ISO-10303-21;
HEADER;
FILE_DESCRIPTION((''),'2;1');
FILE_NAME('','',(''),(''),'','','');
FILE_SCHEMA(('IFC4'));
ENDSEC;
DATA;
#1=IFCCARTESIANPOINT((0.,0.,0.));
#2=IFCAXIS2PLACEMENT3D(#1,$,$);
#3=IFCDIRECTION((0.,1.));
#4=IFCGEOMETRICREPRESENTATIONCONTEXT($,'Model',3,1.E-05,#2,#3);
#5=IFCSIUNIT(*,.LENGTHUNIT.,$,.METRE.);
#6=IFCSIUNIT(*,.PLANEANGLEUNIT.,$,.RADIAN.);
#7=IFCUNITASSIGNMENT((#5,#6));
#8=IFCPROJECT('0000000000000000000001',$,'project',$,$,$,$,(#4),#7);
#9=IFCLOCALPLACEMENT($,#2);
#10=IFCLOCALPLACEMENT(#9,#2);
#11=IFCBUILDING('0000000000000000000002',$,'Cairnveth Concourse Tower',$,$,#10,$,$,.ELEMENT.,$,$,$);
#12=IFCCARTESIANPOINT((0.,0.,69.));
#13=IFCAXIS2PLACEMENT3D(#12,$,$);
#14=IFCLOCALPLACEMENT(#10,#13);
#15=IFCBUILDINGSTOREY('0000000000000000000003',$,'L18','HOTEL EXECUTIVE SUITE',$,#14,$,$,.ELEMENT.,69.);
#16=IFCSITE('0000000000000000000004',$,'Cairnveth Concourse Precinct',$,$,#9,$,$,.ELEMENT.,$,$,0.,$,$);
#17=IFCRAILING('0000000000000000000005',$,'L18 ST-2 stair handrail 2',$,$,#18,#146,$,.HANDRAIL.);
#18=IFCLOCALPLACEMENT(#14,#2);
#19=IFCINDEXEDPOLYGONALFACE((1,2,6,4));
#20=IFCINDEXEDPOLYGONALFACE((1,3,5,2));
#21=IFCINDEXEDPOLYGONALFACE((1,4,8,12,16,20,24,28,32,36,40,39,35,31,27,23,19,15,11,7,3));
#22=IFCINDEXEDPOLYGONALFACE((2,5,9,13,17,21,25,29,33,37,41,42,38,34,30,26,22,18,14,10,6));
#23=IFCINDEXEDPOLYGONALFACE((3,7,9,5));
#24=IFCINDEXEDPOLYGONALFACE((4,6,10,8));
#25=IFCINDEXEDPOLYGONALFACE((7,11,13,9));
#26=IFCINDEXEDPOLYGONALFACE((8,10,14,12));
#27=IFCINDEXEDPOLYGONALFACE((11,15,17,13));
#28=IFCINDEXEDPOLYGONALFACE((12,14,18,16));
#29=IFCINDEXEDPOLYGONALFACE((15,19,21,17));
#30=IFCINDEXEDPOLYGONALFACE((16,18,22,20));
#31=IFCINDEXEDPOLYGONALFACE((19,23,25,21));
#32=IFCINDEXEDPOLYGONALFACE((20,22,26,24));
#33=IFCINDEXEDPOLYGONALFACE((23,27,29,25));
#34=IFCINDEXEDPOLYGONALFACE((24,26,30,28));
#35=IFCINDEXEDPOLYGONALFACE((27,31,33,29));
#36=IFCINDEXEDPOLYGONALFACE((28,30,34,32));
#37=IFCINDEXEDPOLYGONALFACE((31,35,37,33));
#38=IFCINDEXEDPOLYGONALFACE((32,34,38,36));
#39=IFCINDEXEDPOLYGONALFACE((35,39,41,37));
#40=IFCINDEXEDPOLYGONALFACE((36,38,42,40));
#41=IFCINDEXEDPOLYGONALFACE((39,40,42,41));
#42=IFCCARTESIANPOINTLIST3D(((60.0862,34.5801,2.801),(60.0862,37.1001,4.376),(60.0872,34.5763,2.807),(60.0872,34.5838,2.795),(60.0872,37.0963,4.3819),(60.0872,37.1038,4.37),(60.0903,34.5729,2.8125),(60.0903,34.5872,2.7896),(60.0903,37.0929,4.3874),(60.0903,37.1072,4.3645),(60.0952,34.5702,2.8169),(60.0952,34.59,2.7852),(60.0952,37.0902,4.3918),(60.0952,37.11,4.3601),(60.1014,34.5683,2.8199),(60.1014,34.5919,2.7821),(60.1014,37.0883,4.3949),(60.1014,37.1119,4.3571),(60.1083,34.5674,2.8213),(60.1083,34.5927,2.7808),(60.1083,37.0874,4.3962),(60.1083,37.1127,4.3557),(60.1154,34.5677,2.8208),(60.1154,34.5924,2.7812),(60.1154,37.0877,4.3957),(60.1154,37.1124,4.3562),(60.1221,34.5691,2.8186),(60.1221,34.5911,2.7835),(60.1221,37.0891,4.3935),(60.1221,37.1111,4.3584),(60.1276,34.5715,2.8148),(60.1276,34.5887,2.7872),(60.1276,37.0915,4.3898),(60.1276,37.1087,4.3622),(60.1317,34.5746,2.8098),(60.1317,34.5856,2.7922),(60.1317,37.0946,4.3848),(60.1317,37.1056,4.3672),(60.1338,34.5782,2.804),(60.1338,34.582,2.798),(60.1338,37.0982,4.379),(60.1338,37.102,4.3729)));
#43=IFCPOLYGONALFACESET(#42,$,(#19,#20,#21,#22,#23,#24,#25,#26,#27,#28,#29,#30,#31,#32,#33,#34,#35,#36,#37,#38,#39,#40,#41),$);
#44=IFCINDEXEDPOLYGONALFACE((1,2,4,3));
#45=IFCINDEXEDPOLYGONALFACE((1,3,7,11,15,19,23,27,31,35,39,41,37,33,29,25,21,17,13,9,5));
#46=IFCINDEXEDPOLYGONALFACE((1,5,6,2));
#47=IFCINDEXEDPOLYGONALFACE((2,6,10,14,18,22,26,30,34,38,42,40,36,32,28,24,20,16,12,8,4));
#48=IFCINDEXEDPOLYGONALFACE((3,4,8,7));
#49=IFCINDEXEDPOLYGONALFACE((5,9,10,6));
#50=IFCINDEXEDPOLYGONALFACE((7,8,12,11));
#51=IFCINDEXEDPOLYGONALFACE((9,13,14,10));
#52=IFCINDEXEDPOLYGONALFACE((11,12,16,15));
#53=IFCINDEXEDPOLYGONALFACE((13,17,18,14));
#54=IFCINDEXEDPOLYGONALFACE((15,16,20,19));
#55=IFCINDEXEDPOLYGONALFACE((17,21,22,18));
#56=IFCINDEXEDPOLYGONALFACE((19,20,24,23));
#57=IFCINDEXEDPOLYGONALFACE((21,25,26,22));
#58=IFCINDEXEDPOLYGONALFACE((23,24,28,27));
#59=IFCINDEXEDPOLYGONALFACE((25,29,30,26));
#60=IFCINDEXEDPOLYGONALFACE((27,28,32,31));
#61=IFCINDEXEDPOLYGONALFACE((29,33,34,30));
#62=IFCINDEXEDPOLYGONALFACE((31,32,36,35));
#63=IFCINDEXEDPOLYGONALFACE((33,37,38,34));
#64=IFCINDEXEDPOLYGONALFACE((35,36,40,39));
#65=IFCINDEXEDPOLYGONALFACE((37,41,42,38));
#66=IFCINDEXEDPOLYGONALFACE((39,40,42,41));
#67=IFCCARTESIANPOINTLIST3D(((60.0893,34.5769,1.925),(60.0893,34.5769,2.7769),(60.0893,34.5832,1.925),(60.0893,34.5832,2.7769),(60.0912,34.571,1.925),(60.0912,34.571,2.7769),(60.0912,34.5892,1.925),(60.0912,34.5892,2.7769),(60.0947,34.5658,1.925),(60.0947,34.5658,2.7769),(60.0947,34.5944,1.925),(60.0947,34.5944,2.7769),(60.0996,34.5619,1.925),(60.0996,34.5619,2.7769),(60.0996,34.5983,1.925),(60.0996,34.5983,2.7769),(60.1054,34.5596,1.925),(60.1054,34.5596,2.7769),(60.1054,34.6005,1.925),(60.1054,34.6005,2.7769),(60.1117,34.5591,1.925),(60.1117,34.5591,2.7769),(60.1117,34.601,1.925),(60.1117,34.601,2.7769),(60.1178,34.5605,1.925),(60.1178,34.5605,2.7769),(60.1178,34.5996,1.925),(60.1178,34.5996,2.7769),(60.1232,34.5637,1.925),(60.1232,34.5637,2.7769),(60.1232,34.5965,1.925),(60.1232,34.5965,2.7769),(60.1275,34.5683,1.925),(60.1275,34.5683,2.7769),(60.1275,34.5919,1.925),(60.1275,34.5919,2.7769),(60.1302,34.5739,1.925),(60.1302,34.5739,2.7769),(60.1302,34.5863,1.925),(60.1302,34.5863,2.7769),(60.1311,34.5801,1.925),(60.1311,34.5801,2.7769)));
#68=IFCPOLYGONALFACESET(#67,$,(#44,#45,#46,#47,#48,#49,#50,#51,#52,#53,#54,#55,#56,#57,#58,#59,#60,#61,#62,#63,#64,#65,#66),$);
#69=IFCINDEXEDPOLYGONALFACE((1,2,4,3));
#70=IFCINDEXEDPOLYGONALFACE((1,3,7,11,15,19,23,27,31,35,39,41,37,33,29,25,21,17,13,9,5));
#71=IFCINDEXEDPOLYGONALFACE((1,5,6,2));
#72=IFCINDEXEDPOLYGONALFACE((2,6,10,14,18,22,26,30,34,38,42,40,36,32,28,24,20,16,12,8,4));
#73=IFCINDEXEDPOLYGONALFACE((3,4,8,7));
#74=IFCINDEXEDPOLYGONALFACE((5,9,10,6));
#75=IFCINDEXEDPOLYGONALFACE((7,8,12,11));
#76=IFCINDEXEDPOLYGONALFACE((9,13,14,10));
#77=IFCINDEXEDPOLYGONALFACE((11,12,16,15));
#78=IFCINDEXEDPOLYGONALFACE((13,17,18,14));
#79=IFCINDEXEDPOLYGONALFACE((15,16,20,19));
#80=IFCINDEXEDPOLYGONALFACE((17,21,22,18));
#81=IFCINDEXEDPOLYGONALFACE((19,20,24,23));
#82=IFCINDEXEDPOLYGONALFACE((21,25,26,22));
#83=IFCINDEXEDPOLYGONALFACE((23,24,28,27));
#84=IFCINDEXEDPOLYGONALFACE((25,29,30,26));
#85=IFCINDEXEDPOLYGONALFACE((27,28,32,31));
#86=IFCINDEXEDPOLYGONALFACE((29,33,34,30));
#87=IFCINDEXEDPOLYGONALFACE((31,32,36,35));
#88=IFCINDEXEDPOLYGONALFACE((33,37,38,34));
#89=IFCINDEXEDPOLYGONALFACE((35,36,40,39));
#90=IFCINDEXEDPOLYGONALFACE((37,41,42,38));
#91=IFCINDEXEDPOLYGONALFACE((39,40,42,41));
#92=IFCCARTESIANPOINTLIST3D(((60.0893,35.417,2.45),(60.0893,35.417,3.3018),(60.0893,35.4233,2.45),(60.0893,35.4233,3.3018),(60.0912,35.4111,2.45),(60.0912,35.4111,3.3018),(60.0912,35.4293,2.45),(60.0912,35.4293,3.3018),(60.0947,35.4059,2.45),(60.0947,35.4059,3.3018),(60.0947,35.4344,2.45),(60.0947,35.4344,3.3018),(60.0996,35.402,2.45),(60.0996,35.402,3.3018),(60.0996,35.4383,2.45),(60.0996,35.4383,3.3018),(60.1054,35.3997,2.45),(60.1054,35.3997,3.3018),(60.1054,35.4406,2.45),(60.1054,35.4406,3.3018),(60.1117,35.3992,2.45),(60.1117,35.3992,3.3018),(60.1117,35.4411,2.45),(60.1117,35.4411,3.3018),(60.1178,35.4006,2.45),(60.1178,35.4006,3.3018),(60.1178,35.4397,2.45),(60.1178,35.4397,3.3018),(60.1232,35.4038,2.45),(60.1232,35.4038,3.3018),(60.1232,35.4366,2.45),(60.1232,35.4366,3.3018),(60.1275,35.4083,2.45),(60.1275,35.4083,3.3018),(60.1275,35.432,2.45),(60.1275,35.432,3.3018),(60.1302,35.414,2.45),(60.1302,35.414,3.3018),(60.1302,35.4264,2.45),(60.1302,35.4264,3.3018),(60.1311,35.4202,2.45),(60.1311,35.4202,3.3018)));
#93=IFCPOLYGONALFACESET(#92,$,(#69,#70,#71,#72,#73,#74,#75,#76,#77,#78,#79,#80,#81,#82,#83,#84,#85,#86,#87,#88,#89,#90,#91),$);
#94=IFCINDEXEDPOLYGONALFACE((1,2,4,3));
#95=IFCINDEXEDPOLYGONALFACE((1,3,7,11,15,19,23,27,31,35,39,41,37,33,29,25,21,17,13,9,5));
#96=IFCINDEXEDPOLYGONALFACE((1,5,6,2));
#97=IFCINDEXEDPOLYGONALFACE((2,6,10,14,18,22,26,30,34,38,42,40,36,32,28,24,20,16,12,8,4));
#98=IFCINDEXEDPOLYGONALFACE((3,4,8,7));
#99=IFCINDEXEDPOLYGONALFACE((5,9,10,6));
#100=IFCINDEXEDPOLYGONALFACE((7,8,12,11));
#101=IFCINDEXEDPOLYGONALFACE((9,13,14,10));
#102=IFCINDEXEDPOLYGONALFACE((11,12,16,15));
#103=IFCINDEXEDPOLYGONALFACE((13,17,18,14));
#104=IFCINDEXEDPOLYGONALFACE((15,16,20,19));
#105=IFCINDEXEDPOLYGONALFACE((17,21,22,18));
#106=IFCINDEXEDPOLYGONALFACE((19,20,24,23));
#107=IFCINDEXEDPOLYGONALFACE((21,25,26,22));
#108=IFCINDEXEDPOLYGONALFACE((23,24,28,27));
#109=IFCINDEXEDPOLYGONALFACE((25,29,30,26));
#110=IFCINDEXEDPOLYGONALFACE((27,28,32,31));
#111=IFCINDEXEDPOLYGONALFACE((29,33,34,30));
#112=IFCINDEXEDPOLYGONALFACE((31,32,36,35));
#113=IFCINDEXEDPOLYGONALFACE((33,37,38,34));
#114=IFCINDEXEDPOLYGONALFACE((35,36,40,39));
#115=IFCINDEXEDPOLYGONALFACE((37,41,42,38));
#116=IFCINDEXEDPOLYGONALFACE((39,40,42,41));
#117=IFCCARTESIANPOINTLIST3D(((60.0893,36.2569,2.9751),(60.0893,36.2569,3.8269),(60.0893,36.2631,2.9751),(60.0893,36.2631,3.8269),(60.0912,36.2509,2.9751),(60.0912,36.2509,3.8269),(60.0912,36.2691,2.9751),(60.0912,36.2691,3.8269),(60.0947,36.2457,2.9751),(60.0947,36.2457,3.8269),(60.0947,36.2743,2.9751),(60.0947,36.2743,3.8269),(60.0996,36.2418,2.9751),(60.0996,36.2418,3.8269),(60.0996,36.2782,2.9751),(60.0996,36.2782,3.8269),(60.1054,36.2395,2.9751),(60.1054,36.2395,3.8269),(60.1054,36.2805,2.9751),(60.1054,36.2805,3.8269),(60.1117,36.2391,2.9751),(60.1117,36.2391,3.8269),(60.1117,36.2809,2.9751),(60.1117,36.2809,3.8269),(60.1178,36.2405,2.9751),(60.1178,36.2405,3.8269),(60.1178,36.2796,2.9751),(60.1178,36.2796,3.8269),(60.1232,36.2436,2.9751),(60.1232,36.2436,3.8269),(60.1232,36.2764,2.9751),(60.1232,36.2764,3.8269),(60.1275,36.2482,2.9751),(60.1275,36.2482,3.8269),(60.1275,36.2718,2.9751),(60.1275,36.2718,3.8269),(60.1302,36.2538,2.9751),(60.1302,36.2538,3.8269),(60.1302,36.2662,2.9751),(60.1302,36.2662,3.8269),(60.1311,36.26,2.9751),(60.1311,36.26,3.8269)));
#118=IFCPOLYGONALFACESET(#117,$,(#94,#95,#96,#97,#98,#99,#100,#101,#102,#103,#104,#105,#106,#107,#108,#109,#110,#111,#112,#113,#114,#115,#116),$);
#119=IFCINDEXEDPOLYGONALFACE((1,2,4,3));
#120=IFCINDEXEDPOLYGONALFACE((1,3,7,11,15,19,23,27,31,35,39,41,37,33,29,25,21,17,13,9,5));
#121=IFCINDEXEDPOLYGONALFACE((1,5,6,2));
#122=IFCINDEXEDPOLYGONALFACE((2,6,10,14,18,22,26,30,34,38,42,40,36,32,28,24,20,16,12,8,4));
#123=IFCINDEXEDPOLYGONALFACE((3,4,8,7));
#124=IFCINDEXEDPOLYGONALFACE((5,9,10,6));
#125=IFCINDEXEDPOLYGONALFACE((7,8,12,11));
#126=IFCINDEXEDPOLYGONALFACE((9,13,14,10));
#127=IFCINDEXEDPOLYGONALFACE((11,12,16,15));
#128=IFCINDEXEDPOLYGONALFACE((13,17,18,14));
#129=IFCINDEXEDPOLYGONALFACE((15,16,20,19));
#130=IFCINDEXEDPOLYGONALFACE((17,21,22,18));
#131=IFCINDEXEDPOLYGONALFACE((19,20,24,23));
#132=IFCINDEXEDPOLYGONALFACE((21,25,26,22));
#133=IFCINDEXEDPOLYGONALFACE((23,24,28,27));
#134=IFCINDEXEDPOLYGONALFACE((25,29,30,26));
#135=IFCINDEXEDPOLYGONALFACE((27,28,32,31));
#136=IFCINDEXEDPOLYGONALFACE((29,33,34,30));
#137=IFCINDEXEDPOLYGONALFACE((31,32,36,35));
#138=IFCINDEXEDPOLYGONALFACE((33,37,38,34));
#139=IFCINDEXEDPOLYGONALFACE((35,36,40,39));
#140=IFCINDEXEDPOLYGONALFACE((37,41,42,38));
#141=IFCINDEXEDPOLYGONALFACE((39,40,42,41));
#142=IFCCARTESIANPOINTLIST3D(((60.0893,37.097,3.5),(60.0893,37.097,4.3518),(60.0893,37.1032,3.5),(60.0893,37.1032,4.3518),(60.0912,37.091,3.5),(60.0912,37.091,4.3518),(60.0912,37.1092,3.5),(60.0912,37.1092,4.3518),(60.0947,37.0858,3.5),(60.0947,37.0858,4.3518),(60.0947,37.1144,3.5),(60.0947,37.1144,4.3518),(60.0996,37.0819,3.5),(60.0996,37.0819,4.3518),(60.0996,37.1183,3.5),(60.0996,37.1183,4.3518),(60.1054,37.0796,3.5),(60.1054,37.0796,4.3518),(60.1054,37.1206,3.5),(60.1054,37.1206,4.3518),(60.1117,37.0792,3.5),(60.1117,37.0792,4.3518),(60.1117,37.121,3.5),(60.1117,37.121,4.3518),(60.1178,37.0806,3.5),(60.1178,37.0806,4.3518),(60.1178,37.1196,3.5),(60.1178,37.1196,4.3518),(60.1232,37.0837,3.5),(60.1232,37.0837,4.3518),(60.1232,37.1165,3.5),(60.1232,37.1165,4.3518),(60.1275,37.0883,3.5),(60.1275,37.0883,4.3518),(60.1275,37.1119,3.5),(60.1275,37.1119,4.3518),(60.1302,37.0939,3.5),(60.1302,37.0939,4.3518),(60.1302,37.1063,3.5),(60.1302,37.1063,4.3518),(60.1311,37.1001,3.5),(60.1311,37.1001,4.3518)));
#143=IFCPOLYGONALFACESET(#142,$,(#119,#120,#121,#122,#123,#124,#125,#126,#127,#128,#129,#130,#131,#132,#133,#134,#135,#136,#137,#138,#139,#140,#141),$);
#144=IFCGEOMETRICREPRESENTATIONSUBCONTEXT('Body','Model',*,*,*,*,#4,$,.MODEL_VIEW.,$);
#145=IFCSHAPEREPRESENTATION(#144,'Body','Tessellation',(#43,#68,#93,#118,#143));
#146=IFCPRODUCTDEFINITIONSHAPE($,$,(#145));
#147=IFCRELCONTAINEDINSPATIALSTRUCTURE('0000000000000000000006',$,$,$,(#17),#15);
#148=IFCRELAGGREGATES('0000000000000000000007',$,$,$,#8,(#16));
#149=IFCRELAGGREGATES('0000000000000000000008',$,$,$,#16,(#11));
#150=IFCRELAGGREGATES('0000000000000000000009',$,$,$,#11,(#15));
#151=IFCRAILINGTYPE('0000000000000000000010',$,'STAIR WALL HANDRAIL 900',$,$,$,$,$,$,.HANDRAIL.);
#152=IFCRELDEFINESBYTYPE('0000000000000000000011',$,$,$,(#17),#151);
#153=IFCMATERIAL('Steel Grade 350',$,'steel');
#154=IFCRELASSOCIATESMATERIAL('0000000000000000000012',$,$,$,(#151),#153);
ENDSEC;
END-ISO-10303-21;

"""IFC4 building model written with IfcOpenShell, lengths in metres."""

from ifc_helpers import new_model, si_unit, direction, frame, origin, origin_2d, place, context, subcontext, project, spatial, circle, extrude, material, type_object, element, save


model = new_model("IFC4")

# Units and contexts
model_context = context("Model", 3, precision=1e-05, world=origin(), true_north=direction((0.0, 1.0)))
body_context = subcontext(model_context, "Body", "Model", "MODEL_VIEW")
ifc_project = project(units=[si_unit("LENGTHUNIT", "METRE"), si_unit("PLANEANGLEUNIT", "RADIAN")], contexts=[model_context])

# Site, building, storey
site_placement = place(None, origin())
site = spatial("IfcSite", under=ifc_project, at=site_placement, Name="Cairnveth Concourse Precinct", CompositionType="ELEMENT", RefElevation=0.0)
building_placement = place(site_placement, origin())
building = spatial("IfcBuilding", under=site, at=building_placement, Name="Cairnveth Concourse Tower", CompositionType="ELEMENT")
storey_placement = place(building_placement, frame((0.0, 0.0, 69.0)))
storey = spatial("IfcBuildingStorey", under=building, at=storey_placement, Name="L18", Description="HOTEL EXECUTIVE SUITE", CompositionType="ELEMENT", Elevation=69.0)

# Shared definitions
ifc_material_1 = material(Name="Steel Grade 350", Category="steel")

# Railing
railing_type_1 = type_object("IfcRailingType", Name="STAIR WALL HANDRAIL 900", PredefinedType="HANDRAIL", material=ifc_material_1)
railing_1_placement = place(storey_placement, frame((60.1101, 34.5801, 1.925)))
element("IfcRailing", 1, at=railing_1_placement, inside=storey, type_object=railing_type_1, Name="L18 ST-2 stair handrail 2", PredefinedType="HANDRAIL", context=body_context, shape_type="SweptSolid", body=[
    extrude(circle(Radius=0.0239, at=origin_2d()), frame((0.0, 0.0, 0.876), z_axis=(0.0, 0.848008, 0.529984), x_axis=(-1.0, 0.0, 0.0)), (0.0, 0.0, 1.0), 2.9717),
    extrude(circle(Radius=0.021, at=origin_2d()), origin(), (0.0, 0.0, 1.0), 0.8518),
    extrude(circle(Radius=0.021, at=origin_2d()), frame((0.0, 0.8401, 0.5249)), (0.0, 0.0, 1.0), 0.8518),
    extrude(circle(Radius=0.021, at=origin_2d()), frame((0.0, 1.6799, 1.05)), (0.0, 0.0, 1.0), 0.8518),
    extrude(circle(Radius=0.021, at=origin_2d()), frame((0.0, 2.52, 1.575)), (0.0, 0.0, 1.0), 0.8518),
])

save(model, "model.ifc")
